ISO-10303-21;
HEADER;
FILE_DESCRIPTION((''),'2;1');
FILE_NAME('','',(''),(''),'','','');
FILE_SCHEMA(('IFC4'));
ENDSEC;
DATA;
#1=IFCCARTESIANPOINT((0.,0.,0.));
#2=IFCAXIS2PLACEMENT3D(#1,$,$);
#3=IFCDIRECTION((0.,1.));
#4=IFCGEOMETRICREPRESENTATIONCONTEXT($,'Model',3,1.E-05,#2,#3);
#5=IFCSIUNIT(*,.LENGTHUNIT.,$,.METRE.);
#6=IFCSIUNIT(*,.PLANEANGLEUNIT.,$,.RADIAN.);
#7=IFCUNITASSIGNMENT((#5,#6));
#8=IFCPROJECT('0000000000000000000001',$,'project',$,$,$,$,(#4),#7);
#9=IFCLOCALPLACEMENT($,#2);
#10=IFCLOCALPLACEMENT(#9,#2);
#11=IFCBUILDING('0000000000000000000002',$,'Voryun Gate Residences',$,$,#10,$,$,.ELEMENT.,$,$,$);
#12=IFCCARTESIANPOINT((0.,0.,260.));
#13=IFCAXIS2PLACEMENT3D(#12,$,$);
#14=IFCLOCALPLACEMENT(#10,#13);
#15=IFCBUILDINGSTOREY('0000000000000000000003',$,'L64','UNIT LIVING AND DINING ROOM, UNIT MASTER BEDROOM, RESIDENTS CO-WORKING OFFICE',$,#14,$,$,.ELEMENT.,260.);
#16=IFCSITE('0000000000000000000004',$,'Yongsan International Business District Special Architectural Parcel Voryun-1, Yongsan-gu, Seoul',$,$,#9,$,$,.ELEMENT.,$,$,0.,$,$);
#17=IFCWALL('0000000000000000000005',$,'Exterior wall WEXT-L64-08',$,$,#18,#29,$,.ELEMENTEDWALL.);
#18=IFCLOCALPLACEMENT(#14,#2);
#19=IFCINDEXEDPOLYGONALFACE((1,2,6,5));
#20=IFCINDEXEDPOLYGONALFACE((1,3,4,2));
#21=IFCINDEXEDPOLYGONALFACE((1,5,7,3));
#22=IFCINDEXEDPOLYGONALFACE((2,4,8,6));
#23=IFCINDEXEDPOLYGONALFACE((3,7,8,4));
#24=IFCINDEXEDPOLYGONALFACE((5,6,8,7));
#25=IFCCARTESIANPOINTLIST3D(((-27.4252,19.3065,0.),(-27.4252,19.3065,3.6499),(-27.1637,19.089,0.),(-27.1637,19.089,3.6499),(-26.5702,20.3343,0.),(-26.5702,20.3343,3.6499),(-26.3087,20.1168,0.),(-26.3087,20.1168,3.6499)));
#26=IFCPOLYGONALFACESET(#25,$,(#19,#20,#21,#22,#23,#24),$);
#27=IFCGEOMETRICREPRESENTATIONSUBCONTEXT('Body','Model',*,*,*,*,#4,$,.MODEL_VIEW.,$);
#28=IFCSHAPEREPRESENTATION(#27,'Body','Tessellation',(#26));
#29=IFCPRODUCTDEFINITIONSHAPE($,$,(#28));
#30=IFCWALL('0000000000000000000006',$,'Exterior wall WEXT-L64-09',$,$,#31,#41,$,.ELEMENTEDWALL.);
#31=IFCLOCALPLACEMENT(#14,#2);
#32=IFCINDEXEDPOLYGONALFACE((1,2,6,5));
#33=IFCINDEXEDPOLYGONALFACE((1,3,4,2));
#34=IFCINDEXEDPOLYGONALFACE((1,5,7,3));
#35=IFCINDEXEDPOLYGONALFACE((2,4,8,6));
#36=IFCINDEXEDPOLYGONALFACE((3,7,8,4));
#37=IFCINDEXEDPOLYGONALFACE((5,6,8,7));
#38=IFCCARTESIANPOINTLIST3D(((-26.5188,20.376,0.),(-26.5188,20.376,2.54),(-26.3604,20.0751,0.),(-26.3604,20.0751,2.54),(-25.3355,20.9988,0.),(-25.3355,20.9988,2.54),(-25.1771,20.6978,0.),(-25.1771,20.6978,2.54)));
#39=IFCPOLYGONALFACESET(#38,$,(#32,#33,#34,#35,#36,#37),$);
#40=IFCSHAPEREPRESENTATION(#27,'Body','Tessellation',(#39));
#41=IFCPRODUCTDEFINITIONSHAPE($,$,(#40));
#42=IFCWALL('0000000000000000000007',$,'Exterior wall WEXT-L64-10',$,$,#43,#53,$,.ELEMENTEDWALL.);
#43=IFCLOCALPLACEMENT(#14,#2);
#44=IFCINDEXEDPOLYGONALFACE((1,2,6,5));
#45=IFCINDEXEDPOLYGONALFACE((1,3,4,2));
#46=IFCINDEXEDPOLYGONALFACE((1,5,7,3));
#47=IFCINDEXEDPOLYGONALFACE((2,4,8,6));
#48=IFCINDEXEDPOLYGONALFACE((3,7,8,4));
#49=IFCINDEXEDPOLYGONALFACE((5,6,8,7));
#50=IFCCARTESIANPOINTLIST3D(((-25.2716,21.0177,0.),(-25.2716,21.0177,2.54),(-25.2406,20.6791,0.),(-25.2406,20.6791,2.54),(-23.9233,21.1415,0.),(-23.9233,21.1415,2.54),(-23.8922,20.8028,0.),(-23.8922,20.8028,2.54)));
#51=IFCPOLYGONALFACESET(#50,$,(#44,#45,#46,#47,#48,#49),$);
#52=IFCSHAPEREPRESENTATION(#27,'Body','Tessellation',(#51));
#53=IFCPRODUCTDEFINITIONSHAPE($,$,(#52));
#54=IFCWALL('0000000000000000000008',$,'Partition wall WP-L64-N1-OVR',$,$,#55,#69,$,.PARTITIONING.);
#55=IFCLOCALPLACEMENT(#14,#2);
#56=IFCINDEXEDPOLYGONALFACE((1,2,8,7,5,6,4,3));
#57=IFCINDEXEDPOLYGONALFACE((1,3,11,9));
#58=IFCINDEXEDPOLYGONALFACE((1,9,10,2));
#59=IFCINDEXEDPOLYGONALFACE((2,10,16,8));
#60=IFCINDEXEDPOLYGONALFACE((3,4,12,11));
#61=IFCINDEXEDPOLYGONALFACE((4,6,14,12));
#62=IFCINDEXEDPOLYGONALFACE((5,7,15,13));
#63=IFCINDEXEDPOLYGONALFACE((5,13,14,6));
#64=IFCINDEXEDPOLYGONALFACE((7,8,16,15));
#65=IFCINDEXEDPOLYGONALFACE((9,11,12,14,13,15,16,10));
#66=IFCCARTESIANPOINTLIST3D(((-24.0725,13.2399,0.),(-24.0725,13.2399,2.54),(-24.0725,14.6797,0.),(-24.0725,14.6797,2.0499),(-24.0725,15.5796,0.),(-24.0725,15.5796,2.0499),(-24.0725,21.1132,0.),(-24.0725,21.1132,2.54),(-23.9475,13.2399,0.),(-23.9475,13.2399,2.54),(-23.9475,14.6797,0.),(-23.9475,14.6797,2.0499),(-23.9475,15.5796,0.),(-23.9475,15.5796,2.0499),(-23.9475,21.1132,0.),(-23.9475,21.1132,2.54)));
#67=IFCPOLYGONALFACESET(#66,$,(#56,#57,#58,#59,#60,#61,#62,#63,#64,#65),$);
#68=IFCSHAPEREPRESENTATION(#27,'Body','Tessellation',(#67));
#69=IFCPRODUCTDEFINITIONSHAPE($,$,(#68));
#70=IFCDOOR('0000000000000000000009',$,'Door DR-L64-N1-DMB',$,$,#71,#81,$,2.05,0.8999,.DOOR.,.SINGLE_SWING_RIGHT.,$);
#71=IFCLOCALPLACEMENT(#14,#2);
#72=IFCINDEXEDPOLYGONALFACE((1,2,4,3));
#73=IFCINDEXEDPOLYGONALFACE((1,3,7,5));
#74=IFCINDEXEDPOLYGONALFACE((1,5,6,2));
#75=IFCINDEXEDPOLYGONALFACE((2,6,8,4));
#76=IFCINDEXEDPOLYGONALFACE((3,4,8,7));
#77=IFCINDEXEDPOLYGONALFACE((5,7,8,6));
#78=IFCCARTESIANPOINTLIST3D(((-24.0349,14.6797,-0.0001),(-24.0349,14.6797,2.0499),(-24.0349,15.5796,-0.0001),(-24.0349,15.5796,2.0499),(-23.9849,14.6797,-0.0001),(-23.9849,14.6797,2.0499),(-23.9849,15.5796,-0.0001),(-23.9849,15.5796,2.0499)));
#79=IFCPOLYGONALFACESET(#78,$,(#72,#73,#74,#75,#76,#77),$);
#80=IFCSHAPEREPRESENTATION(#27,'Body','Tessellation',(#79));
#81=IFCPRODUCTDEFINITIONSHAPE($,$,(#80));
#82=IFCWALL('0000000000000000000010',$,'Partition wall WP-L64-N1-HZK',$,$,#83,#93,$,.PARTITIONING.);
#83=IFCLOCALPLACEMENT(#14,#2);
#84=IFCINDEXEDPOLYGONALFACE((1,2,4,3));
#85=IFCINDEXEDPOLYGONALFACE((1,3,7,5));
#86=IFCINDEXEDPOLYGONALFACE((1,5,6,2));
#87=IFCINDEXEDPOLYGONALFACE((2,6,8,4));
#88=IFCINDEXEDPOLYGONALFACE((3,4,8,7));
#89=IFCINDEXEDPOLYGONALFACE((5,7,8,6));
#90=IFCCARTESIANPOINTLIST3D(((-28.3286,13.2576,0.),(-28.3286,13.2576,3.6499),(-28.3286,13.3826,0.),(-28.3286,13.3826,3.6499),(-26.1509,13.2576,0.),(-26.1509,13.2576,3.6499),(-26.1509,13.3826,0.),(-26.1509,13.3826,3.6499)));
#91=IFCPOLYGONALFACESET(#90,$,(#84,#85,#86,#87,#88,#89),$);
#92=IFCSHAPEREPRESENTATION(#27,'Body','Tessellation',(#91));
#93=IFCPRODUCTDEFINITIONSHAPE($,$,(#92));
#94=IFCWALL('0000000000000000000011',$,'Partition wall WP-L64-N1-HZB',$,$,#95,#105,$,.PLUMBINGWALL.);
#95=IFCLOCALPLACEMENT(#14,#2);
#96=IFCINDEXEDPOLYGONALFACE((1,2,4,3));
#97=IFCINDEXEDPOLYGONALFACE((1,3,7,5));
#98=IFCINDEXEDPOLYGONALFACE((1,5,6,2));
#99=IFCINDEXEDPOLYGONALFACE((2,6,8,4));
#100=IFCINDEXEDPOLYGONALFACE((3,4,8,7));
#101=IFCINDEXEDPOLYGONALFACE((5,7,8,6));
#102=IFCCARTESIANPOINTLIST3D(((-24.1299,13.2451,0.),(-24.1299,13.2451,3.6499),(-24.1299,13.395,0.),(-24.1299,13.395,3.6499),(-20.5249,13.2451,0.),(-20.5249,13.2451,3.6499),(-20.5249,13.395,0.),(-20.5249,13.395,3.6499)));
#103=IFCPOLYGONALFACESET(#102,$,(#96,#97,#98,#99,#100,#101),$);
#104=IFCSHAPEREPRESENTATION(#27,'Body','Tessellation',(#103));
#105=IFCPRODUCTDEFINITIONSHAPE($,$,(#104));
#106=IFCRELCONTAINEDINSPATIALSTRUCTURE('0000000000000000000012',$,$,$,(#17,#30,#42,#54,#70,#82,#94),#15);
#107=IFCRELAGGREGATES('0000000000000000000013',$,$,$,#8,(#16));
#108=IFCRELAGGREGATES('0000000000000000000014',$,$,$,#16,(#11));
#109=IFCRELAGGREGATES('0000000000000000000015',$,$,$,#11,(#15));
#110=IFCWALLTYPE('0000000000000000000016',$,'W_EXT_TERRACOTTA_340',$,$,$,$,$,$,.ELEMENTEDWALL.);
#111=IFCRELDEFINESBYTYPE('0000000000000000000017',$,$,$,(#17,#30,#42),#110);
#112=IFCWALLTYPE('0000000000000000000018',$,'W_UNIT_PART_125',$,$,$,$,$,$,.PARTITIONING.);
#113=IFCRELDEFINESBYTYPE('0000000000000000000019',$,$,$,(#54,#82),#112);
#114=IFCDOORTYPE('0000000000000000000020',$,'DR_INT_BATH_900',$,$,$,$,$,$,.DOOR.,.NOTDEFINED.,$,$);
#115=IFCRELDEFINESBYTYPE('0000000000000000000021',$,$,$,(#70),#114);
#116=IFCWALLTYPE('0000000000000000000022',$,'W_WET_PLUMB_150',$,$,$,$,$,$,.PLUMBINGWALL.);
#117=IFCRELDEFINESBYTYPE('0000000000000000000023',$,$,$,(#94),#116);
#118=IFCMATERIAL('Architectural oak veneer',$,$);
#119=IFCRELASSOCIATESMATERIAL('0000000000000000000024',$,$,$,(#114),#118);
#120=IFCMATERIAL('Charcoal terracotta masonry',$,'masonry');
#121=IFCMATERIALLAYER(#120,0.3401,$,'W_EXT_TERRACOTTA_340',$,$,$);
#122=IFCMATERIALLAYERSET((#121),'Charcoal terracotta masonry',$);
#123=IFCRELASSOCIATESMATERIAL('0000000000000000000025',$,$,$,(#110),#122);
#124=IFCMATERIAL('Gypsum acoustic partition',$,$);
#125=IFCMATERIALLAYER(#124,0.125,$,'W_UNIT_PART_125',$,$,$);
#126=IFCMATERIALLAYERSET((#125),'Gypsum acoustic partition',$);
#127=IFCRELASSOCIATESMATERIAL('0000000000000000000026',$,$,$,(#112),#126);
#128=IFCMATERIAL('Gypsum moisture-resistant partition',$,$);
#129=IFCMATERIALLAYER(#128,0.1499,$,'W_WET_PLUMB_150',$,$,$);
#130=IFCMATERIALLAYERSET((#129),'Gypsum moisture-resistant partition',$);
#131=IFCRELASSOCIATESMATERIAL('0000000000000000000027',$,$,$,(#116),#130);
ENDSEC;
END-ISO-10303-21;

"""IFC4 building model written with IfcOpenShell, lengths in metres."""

from ifc_helpers import new_model, si_unit, direction, frame, frame_2d, origin, place, context, subcontext, project, spatial, rectangle, extrude, material, layer, layer_set, type_object, element, fill, save


model = new_model("IFC4")

# Units and contexts
model_context = context("Model", 3, precision=1e-05, world=origin(), true_north=direction((0.0, 1.0)))
body_context = subcontext(model_context, "Body", "Model", "MODEL_VIEW")
ifc_project = project(units=[si_unit("LENGTHUNIT", "METRE"), si_unit("PLANEANGLEUNIT", "RADIAN")], contexts=[model_context])

# Site, building, storey
site_placement = place(None, origin())
site = spatial("IfcSite", under=ifc_project, at=site_placement, Name="Yongsan International Business District Special Architectural Parcel Voryun-1, Yongsan-gu, Seoul", CompositionType="ELEMENT", RefElevation=0.0)
building_placement = place(site_placement, origin())
building = spatial("IfcBuilding", under=site, at=building_placement, Name="Voryun Gate Residences", CompositionType="ELEMENT")
storey_placement = place(building_placement, frame((0.0, 0.0, 260.0)))
storey = spatial("IfcBuildingStorey", under=building, at=storey_placement, Name="L64", Description="UNIT LIVING AND DINING ROOM, UNIT MASTER BEDROOM, RESIDENTS CO-WORKING OFFICE", CompositionType="ELEMENT", Elevation=260.0)

# Shared definitions
ifc_material_1 = material(Name="Architectural oak veneer")
door_type_1 = type_object("IfcDoorType", Name="DR_INT_BATH_900", OperationType="NOTDEFINED", PredefinedType="DOOR", material=ifc_material_1)

# Walls
ifc_material_2 = material(Name="Charcoal terracotta masonry", Category="masonry")
ifc_layer_1 = layer(ifc_material_2, 0.3401, Name="W_EXT_TERRACOTTA_340")
ifc_layer_set_1 = layer_set([ifc_layer_1], Name="Charcoal terracotta masonry")
wall_type_1 = type_object("IfcWallType", Name="W_EXT_TERRACOTTA_340", PredefinedType="ELEMENTEDWALL", material=ifc_layer_set_1)
wall_1_placement = place(storey_placement, frame((-27.2944, 19.1978, 0.0), z_axis=(0.0, 0.0, 1.0), x_axis=(0.639502, 0.76879, 0.0)))
element("IfcWall", 1, at=wall_1_placement, inside=storey, type_object=wall_type_1, Name="Exterior wall WEXT-L64-08", PredefinedType="ELEMENTEDWALL", context=body_context, shape_type="SweptSolid", body=[
    extrude(rectangle(XDim=1.3369, YDim=0.3401, at=frame_2d((0.6685, 0.0))), origin(), (0.0, 0.0, 1.0), 3.6499),
])
wall_2_placement = place(storey_placement, frame((-26.4395, 20.2256, 0.0), z_axis=(0.0, 0.0, 1.0), x_axis=(0.884922, 0.465739, 0.0)))
element("IfcWall", 2, at=wall_2_placement, inside=storey, type_object=wall_type_1, Name="Exterior wall WEXT-L64-09", PredefinedType="ELEMENTEDWALL", context=body_context, shape_type="SweptSolid", body=[
    extrude(rectangle(XDim=1.3372, YDim=0.3401, at=frame_2d((0.6685, 0.0))), origin(), (0.0, 0.0, 1.0), 2.54),
])
wall_3_placement = place(storey_placement, frame((-25.2561, 20.8484, 0.0), z_axis=(0.0, 0.0, 1.0), x_axis=(0.995813, 0.091414, 0.0)))
element("IfcWall", 3, at=wall_3_placement, inside=storey, type_object=wall_type_1, Name="Exterior wall WEXT-L64-10", PredefinedType="ELEMENTEDWALL", context=body_context, shape_type="SweptSolid", body=[
    extrude(rectangle(XDim=1.354, YDim=0.3401, at=frame_2d((0.677, 0.0))), origin(), (0.0, 0.0, 1.0), 2.54),
])

# Wall, opening, door
ifc_material_3 = material(Name="Gypsum acoustic partition")
ifc_layer_2 = layer(ifc_material_3, 0.125, Name="W_UNIT_PART_125")
ifc_layer_set_2 = layer_set([ifc_layer_2], Name="Gypsum acoustic partition")
wall_type_2 = type_object("IfcWallType", Name="W_UNIT_PART_125", PredefinedType="PARTITIONING", material=ifc_layer_set_2)
wall_4_placement = place(storey_placement, frame((-24.01, 13.24, 0.0), z_axis=(0.0, 0.0, 1.0), x_axis=(0.0, 1.0, 0.0)))
wall_4 = element("IfcWall", 4, at=wall_4_placement, inside=storey, type_object=wall_type_2, Name="Partition wall WP-L64-N1-OVR", PredefinedType="PARTITIONING", context=body_context, shape_type="SweptSolid", body=[
    extrude(rectangle(XDim=7.8733, YDim=0.125, at=frame_2d((3.9365, 0.0))), origin(), (0.0, 0.0, 1.0), 2.54),
])
opening_1_placement = place(wall_4_placement, frame((1.4397, 0.0, 0.0)))
opening_1 = element("IfcOpeningElement", 5, at=opening_1_placement, cuts=wall_4, PredefinedType="OPENING", context=body_context, shape_type="SweptSolid", body=[
    extrude(rectangle(XDim=0.8999, YDim=2.05, at=frame_2d((0.45, 1.0249))), frame((0.0, 0.0725, 0.0), z_axis=(0.0, -1.0, 0.0), x_axis=(1.0, 0.0, 0.0)), (0.0, 0.0, 1.0), 0.145),
])
door_1_placement = place(opening_1_placement, origin())
door_1 = element("IfcDoor", 6, at=door_1_placement, inside=storey, type_object=door_type_1, Name="Door DR-L64-N1-DMB", OperationType="SINGLE_SWING_RIGHT", OverallHeight=2.05, OverallWidth=0.8999, PredefinedType="DOOR", context=body_context, shape_type="SweptSolid", body=[
    extrude(rectangle(XDim=0.8999, YDim=2.05, at=frame_2d((0.45, 1.0249))), frame((0.0, 0.0249, 0.0), z_axis=(0.0, -1.0, 0.0), x_axis=(1.0, 0.0, 0.0)), (0.0, 0.0, 1.0), 0.05),
])
fill(opening_1, door_1)

# Walls
wall_5_placement = place(storey_placement, frame((-28.3286, 13.3201, 0.0), z_axis=(0.0, 0.0, 1.0), x_axis=(1.0, 0.0, 0.0)))
element("IfcWall", 7, at=wall_5_placement, inside=storey, type_object=wall_type_2, Name="Partition wall WP-L64-N1-HZK", PredefinedType="PARTITIONING", context=body_context, shape_type="SweptSolid", body=[
    extrude(rectangle(XDim=2.1777, YDim=0.125, at=frame_2d((1.0889, 0.0))), origin(), (0.0, 0.0, 1.0), 3.6499),
])
ifc_material_4 = material(Name="Gypsum moisture-resistant partition")
ifc_layer_3 = layer(ifc_material_4, 0.1499, Name="W_WET_PLUMB_150")
ifc_layer_set_3 = layer_set([ifc_layer_3], Name="Gypsum moisture-resistant partition")
wall_type_3 = type_object("IfcWallType", Name="W_WET_PLUMB_150", PredefinedType="PLUMBINGWALL", material=ifc_layer_set_3)
wall_6_placement = place(storey_placement, frame((-24.1299, 13.3201, 0.0), z_axis=(0.0, 0.0, 1.0), x_axis=(1.0, 0.0, 0.0)))
element("IfcWall", 8, at=wall_6_placement, inside=storey, type_object=wall_type_3, Name="Partition wall WP-L64-N1-HZB", PredefinedType="PLUMBINGWALL", context=body_context, shape_type="SweptSolid", body=[
    extrude(rectangle(XDim=3.605, YDim=0.1499, at=frame_2d((1.8025, 0.0))), origin(), (0.0, 0.0, 1.0), 3.6499),
])

save(model, "model.ifc")
